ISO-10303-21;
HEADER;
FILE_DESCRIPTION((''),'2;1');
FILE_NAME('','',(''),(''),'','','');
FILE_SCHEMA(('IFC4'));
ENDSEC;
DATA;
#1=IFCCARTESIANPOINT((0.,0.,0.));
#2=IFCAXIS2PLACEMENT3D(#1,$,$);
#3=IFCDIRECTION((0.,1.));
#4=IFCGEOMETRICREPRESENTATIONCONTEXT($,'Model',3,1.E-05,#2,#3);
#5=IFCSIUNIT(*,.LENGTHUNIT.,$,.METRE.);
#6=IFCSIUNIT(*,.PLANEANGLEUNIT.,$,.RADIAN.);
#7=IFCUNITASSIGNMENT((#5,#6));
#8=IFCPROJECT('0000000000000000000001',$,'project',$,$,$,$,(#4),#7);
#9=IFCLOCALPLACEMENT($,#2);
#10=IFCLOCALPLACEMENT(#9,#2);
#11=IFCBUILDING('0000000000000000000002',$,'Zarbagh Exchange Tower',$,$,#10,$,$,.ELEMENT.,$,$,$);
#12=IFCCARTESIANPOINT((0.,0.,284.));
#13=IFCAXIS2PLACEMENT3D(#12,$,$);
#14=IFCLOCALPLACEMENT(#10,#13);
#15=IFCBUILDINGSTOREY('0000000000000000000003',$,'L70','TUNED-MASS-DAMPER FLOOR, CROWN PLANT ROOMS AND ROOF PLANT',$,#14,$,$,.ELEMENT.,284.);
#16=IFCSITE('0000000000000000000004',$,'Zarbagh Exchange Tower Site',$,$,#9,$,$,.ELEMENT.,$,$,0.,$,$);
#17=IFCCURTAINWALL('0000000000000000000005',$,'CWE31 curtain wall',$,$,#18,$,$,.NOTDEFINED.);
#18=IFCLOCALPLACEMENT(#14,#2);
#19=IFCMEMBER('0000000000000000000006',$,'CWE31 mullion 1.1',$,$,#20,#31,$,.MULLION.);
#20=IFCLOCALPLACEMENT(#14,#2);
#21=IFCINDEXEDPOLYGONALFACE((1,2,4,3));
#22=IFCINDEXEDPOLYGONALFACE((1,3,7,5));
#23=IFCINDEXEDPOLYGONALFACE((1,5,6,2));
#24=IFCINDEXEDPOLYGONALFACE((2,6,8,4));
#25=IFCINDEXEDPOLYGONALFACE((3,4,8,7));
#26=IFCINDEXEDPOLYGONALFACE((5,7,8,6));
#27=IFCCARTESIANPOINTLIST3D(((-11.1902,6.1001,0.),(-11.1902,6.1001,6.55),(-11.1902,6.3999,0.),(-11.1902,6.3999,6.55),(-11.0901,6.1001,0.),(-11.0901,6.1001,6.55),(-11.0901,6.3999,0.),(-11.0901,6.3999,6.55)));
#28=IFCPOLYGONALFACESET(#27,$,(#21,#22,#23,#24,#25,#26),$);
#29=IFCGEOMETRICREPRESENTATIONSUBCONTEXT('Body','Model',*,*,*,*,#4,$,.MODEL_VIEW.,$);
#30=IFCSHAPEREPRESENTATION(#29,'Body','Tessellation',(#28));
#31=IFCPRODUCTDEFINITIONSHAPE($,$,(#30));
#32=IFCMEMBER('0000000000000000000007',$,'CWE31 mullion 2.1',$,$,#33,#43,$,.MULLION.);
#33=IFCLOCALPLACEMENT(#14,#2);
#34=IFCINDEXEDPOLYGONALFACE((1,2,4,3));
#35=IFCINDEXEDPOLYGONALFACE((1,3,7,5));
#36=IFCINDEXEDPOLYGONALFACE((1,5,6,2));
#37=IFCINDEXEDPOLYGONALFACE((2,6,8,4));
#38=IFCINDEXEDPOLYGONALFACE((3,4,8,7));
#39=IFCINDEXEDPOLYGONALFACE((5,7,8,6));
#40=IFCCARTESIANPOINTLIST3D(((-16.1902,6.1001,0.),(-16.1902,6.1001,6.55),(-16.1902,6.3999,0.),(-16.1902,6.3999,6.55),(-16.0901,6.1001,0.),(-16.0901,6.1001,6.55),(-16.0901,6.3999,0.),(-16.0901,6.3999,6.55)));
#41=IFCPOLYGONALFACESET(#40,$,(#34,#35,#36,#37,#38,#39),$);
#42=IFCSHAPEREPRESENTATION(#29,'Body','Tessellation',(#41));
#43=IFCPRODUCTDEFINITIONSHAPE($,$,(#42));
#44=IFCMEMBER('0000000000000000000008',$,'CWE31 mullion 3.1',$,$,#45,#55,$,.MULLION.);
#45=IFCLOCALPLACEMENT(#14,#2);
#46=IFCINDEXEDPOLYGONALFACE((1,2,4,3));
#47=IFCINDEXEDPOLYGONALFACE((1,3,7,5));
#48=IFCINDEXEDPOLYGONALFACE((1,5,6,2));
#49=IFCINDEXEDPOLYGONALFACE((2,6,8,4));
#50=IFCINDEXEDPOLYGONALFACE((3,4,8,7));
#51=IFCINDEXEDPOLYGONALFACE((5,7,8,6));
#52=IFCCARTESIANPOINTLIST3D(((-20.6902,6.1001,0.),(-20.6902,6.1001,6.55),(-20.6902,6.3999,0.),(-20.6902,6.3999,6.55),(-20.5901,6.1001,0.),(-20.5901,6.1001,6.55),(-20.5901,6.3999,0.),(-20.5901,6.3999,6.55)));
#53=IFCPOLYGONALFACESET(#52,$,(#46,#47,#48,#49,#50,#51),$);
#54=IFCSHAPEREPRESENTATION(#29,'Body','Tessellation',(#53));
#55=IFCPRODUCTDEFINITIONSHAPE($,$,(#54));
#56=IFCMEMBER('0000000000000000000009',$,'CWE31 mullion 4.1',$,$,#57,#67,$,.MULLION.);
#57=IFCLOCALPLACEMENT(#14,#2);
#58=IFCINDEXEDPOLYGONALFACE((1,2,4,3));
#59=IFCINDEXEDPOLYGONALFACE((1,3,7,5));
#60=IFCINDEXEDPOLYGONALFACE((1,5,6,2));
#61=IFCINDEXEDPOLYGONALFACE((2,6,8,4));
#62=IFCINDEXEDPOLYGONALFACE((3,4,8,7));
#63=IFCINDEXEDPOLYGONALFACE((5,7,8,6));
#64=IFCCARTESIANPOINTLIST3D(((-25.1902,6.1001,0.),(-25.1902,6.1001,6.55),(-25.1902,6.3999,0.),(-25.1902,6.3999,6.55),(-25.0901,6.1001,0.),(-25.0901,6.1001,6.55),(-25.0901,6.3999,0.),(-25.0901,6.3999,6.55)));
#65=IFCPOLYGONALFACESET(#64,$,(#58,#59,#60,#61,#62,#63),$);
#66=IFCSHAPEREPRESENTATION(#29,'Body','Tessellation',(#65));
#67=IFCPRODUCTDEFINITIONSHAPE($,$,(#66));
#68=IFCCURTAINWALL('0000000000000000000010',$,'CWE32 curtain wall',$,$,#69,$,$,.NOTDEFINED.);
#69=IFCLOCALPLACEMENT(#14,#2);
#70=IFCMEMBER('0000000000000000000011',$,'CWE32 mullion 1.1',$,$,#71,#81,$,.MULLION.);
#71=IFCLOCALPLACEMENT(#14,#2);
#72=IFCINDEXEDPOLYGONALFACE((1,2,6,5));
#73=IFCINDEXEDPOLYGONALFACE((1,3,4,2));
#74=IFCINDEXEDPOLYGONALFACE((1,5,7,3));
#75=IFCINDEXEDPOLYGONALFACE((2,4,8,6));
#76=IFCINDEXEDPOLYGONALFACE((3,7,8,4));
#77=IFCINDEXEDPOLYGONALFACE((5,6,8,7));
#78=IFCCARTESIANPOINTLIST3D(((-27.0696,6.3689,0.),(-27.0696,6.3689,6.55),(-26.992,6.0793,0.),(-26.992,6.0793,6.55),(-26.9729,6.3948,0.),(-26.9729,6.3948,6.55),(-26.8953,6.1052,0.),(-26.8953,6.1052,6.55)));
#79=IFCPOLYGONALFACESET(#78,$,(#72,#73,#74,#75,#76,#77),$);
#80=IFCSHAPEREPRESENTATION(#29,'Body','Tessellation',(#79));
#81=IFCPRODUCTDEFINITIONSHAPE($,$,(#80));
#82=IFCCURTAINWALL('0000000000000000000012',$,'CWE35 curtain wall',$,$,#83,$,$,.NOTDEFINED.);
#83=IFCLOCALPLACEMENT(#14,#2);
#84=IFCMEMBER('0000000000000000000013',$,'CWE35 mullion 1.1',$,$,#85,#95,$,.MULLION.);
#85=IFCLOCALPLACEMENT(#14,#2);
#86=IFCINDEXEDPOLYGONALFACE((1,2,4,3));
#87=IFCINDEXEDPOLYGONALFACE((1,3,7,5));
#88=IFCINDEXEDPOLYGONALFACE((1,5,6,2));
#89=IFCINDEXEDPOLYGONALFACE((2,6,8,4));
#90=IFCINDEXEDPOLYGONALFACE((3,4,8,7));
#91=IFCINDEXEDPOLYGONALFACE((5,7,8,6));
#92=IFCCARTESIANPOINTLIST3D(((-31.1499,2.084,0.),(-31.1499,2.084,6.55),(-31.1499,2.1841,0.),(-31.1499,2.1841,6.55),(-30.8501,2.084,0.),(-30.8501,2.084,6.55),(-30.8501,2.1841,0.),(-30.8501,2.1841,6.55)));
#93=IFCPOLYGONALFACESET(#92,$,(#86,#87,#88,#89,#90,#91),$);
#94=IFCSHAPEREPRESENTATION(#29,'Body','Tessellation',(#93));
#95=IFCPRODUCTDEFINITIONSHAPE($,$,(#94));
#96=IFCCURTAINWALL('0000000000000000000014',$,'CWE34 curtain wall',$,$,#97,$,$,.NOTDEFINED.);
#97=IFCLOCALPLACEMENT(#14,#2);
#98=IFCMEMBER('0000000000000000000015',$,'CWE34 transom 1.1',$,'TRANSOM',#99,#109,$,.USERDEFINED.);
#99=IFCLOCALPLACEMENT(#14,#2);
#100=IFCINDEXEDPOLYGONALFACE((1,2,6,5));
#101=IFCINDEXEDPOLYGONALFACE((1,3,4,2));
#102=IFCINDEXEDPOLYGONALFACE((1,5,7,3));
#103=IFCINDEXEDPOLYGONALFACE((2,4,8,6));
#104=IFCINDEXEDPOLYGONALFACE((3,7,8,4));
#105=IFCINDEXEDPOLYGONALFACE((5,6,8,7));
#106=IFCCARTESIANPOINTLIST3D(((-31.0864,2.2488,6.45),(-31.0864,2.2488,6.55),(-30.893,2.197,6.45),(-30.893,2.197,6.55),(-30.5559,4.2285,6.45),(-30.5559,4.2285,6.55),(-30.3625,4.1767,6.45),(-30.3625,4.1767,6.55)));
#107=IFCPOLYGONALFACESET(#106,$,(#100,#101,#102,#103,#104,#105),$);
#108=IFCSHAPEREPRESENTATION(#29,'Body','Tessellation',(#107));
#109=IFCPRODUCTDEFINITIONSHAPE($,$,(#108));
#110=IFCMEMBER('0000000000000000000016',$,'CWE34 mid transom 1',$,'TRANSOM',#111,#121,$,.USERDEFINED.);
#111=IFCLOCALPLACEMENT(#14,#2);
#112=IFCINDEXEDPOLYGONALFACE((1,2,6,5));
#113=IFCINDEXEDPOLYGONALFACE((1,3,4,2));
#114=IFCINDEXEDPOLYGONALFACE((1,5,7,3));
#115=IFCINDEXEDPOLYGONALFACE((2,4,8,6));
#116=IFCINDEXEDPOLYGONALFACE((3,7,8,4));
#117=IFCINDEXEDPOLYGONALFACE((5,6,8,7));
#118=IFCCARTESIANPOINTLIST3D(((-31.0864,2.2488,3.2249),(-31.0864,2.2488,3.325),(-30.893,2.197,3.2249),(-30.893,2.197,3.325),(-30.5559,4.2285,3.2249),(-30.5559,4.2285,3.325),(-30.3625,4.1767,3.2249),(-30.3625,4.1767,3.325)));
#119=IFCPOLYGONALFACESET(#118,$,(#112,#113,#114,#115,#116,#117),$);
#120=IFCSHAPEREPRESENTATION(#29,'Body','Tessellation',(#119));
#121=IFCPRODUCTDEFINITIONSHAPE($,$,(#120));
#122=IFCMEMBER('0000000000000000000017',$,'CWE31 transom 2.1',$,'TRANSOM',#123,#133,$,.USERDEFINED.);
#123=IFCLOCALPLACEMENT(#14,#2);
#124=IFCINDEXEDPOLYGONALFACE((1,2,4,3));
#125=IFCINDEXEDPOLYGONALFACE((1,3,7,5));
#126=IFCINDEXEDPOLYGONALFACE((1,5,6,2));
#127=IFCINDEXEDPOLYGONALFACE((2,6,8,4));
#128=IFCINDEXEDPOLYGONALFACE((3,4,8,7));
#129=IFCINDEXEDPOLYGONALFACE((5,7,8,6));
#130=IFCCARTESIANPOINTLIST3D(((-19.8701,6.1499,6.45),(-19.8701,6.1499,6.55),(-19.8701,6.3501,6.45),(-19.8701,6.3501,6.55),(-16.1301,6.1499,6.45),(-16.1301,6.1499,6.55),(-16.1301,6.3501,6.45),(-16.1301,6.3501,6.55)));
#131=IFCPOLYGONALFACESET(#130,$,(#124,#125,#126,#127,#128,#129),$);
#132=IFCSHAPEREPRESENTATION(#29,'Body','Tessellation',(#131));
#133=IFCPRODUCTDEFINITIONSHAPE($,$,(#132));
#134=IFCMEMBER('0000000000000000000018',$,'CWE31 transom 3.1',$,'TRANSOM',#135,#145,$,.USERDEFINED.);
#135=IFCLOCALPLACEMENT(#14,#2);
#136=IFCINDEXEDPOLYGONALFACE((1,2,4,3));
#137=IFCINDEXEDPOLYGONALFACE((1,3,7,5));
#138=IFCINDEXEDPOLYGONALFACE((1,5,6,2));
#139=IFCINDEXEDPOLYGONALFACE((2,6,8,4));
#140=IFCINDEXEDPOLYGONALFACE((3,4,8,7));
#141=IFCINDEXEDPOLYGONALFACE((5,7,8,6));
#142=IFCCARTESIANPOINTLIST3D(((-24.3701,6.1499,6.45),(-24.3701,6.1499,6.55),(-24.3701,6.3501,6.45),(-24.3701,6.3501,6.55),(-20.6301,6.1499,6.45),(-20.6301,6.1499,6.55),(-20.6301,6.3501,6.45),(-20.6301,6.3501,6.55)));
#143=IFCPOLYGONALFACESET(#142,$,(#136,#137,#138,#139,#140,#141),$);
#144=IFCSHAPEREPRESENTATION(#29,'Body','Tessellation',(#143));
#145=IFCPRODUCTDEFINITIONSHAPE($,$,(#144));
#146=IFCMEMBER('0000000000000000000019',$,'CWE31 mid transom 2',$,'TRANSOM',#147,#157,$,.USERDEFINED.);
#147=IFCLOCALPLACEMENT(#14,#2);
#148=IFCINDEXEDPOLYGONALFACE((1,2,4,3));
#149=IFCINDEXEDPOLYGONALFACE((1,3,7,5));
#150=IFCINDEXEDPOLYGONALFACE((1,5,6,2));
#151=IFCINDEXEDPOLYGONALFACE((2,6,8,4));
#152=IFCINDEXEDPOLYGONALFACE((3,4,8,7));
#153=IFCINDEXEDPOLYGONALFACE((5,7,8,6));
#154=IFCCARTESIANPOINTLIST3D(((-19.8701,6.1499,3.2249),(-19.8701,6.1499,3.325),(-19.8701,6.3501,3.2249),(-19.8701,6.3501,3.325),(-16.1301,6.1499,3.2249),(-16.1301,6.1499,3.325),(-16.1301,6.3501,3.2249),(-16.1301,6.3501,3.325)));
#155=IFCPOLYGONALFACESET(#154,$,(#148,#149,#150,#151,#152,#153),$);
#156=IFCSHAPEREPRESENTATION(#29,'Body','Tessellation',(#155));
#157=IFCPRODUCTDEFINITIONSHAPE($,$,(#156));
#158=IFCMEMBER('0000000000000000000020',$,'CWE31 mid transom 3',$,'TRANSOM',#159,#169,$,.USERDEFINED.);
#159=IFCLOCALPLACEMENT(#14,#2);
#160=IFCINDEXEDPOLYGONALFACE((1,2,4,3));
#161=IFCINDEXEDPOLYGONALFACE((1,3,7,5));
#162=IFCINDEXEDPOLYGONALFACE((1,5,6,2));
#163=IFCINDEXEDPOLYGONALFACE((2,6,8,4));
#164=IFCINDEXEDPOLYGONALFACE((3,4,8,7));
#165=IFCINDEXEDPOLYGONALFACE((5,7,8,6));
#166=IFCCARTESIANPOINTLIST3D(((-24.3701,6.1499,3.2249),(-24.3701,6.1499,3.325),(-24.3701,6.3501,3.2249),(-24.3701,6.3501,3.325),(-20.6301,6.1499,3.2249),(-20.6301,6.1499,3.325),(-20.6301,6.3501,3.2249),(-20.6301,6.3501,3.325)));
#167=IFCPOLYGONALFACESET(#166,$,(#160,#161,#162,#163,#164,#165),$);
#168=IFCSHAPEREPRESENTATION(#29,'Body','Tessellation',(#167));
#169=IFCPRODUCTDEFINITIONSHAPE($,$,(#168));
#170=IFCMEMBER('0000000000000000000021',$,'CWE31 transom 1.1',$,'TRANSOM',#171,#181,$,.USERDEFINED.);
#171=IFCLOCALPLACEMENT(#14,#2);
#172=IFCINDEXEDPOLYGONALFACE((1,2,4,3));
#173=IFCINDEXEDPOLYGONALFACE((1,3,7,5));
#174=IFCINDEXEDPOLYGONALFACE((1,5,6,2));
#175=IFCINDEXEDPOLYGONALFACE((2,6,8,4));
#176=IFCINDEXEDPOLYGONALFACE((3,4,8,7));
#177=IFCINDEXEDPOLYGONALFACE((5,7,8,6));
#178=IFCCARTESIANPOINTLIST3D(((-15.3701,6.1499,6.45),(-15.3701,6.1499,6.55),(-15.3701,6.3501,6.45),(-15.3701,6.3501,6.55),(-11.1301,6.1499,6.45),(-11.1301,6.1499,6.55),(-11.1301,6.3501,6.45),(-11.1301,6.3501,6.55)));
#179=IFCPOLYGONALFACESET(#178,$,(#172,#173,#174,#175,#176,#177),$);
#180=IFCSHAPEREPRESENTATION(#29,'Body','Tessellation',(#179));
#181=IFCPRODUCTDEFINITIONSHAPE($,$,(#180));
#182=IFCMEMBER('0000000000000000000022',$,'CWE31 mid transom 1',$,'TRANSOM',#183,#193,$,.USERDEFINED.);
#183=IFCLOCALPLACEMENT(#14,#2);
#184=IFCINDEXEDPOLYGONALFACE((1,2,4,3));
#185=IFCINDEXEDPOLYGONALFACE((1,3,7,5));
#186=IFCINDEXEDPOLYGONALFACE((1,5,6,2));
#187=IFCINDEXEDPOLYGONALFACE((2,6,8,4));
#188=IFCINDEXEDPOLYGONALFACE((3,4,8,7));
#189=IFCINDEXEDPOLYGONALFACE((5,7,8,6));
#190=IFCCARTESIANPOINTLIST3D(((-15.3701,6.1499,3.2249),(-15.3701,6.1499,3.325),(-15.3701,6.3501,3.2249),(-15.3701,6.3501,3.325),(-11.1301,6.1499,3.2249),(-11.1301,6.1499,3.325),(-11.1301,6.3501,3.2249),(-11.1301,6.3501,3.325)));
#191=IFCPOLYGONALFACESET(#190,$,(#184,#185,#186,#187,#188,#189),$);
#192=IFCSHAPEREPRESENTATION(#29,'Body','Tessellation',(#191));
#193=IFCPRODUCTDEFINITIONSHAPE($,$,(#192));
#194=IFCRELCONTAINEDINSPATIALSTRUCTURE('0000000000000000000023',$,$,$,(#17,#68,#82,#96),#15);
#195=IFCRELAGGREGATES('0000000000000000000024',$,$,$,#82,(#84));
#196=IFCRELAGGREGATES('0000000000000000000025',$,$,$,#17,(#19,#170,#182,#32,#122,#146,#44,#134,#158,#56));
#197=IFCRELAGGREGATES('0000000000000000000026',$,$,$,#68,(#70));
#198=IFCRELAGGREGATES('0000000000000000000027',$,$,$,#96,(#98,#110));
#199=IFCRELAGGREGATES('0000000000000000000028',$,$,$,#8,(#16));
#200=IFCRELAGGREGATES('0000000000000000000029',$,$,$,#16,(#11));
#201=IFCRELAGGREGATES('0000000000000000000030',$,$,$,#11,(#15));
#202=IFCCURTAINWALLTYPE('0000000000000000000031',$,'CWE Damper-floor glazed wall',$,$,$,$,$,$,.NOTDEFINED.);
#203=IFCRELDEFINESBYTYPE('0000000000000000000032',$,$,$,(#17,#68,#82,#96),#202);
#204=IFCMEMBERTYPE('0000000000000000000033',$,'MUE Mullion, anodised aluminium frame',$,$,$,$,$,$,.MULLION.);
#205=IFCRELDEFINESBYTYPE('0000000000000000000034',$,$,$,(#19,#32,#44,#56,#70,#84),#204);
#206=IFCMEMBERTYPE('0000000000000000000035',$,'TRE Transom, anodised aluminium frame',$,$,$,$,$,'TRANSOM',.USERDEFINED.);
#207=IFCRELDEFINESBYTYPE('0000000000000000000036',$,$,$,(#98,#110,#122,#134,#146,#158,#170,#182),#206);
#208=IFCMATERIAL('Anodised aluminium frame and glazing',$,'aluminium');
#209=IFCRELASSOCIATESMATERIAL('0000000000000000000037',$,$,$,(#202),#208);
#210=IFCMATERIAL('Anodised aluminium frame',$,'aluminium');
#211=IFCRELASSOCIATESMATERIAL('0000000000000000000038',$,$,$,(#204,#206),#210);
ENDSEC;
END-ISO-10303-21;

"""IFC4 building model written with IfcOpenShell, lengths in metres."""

from ifc_helpers import new_model, si_unit, direction, frame, origin, place, context, subcontext, project, spatial, polyline, outline, extrude, source, transform, mapped, material, type_object, element, aggregate, save


model = new_model("IFC4")

# Units and contexts
model_context = context("Model", 3, precision=1e-05, world=origin(), true_north=direction((0.0, 1.0)))
body_context = subcontext(model_context, "Body", "Model", "MODEL_VIEW")
ifc_project = project(units=[si_unit("LENGTHUNIT", "METRE"), si_unit("PLANEANGLEUNIT", "RADIAN")], contexts=[model_context])

# Site, building, storey
site_placement = place(None, origin())
site = spatial("IfcSite", under=ifc_project, at=site_placement, Name="Zarbagh Exchange Tower Site", CompositionType="ELEMENT", RefElevation=0.0)
building_placement = place(site_placement, origin())
building = spatial("IfcBuilding", under=site, at=building_placement, Name="Zarbagh Exchange Tower", CompositionType="ELEMENT")
storey_placement = place(building_placement, frame((0.0, 0.0, 284.0)))
storey = spatial("IfcBuildingStorey", under=building, at=storey_placement, Name="L70", Description="TUNED-MASS-DAMPER FLOOR, CROWN PLANT ROOMS AND ROOF PLANT", CompositionType="ELEMENT", Elevation=284.0)

# Curtain wall, members
ifc_material_1 = material(Name="Anodised aluminium frame and glazing", Category="aluminium")
curtain_wall_type = type_object("IfcCurtainWallType", Name="CWE Damper-floor glazed wall", PredefinedType="NOTDEFINED", material=ifc_material_1)
curtain_wall_1_placement = place(storey_placement, origin())
curtain_wall_1 = element("IfcCurtainWall", 1, at=curtain_wall_1_placement, inside=storey, type_object=curtain_wall_type, Name="CWE31 curtain wall", PredefinedType="NOTDEFINED")
ifc_material_2 = material(Name="Anodised aluminium frame", Category="aluminium")
member_type_1 = type_object("IfcMemberType", Name="MUE Mullion, anodised aluminium frame", PredefinedType="MULLION", material=ifc_material_2)
shared_shape_1 = source(origin(), body_context, "Body", "SweptSolid", [
    extrude(outline(polyline([(0.0, -0.1499), (0.1001, -0.1499), (0.1001, 0.1499), (0.0, 0.1499), (0.0, -0.1499)])), origin(), (0.0, 0.0, 1.0), 6.55),
])
placement = place(storey_placement, origin())
member_1 = element("IfcMember", 2, at=placement, type_object=member_type_1, Name="CWE31 mullion 1.1", PredefinedType="MULLION", context=body_context, shape_type="MappedRepresentation", body=[
    mapped(shared_shape_1, transform((-11.0901, 6.25, 0.0), x_axis=(-1.0, 0.0, 0.0), y_axis=(0.0, -1.0, 0.0), z_axis=(0.0, 0.0, 1.0))),
])
member_2 = element("IfcMember", 3, at=placement, type_object=member_type_1, Name="CWE31 mullion 2.1", PredefinedType="MULLION", context=body_context, shape_type="MappedRepresentation", body=[
    mapped(shared_shape_1, transform((-16.0901, 6.25, 0.0), x_axis=(-1.0, 0.0, 0.0), y_axis=(0.0, -1.0, 0.0), z_axis=(0.0, 0.0, 1.0))),
])
member_3 = element("IfcMember", 4, at=placement, type_object=member_type_1, Name="CWE31 mullion 3.1", PredefinedType="MULLION", context=body_context, shape_type="MappedRepresentation", body=[
    mapped(shared_shape_1, transform((-20.5901, 6.25, 0.0), x_axis=(-1.0, 0.0, 0.0), y_axis=(0.0, -1.0, 0.0), z_axis=(0.0, 0.0, 1.0))),
])
member_4 = element("IfcMember", 5, at=placement, type_object=member_type_1, Name="CWE31 mullion 4.1", PredefinedType="MULLION", context=body_context, shape_type="MappedRepresentation", body=[
    mapped(shared_shape_1, transform((-25.0901, 6.25, 0.0), x_axis=(-1.0, 0.0, 0.0), y_axis=(0.0, -1.0, 0.0), z_axis=(0.0, 0.0, 1.0))),
])

# Curtain walls, members
curtain_wall_2_placement = place(storey_placement, origin())
curtain_wall_2 = element("IfcCurtainWall", 6, at=curtain_wall_2_placement, inside=storey, type_object=curtain_wall_type, Name="CWE32 curtain wall", PredefinedType="NOTDEFINED")
member_5 = element("IfcMember", 7, at=placement, type_object=member_type_1, Name="CWE32 mullion 1.1", PredefinedType="MULLION", context=body_context, shape_type="MappedRepresentation", body=[
    mapped(shared_shape_1, transform((-26.9341, 6.25, 0.0), x_axis=(-0.965924, -0.258825, 0.0), y_axis=(0.258825, -0.965924, 0.0), z_axis=(0.0, 0.0, 1.0))),
])
curtain_wall_3_placement = place(storey_placement, origin())
curtain_wall_3 = element("IfcCurtainWall", 8, at=curtain_wall_3_placement, inside=storey, type_object=curtain_wall_type, Name="CWE35 curtain wall", PredefinedType="NOTDEFINED")
member_6 = element("IfcMember", 9, at=placement, type_object=member_type_1, Name="CWE35 mullion 1.1", PredefinedType="MULLION", context=body_context, shape_type="MappedRepresentation", body=[
    mapped(shared_shape_1, transform((-31.0, 2.1841, 0.0), x_axis=(0.0, -1.0, 0.0), y_axis=(1.0, 0.0, 0.0), z_axis=(0.0, 0.0, 1.0))),
])

# Curtain wall, members
curtain_wall_4_placement = place(storey_placement, origin())
curtain_wall_4 = element("IfcCurtainWall", 10, at=curtain_wall_4_placement, inside=storey, type_object=curtain_wall_type, Name="CWE34 curtain wall", PredefinedType="NOTDEFINED")
member_type_2 = type_object("IfcMemberType", Name="TRE Transom, anodised aluminium frame", ElementType="TRANSOM", PredefinedType="USERDEFINED", material=ifc_material_2)
shared_shape_2 = source(origin(), body_context, "Body", "SweptSolid", [
    extrude(outline(polyline([(-0.1001, -0.1001), (0.0, -0.1001), (0.0, 0.1001), (-0.1001, 0.1001), (-0.1001, -0.1001)])), origin(), (0.0, 0.0, 1.0), 2.0496),
])
member_7 = element("IfcMember", 11, at=placement, type_object=member_type_2, Name="CWE34 transom 1.1", ObjectType="TRANSOM", PredefinedType="USERDEFINED", context=body_context, shape_type="MappedRepresentation", body=[
    mapped(shared_shape_2, transform((-30.4592, 4.2026, 6.55), x_axis=(0.0, 0.0, 1.0), y_axis=(-0.965924, 0.258825, 0.0), z_axis=(-0.258825, -0.965924, 0.0))),
])
shared_shape_3 = source(origin(), body_context, "Body", "SweptSolid", [
    extrude(outline(polyline([(-0.05, -0.1001), (0.05, -0.1001), (0.05, 0.1001), (-0.05, 0.1001), (-0.05, -0.1001)])), origin(), (0.0, 0.0, 1.0), 2.0496),
])
member_8 = element("IfcMember", 12, at=placement, type_object=member_type_2, Name="CWE34 mid transom 1", ObjectType="TRANSOM", PredefinedType="USERDEFINED", context=body_context, shape_type="MappedRepresentation", body=[
    mapped(shared_shape_3, transform((-30.4592, 4.2026, 3.2749), x_axis=(0.0, 0.0, 1.0), y_axis=(-0.965924, 0.258825, 0.0), z_axis=(-0.258825, -0.965924, 0.0))),
])

# Members
shared_shape_4 = source(origin(), body_context, "Body", "SweptSolid", [
    extrude(outline(polyline([(-0.1001, -0.1001), (0.0, -0.1001), (0.0, 0.1001), (-0.1001, 0.1001), (-0.1001, -0.1001)])), origin(), (0.0, 0.0, 1.0), 3.74),
])
member_9 = element("IfcMember", 13, at=placement, type_object=member_type_2, Name="CWE31 transom 2.1", ObjectType="TRANSOM", PredefinedType="USERDEFINED", context=body_context, shape_type="MappedRepresentation", body=[
    mapped(shared_shape_4, transform((-16.1301, 6.25, 6.55), x_axis=(0.0, 0.0, 1.0), y_axis=(0.0, 1.0, 0.0), z_axis=(-1.0, 0.0, 0.0))),
])
member_10 = element("IfcMember", 14, at=placement, type_object=member_type_2, Name="CWE31 transom 3.1", ObjectType="TRANSOM", PredefinedType="USERDEFINED", context=body_context, shape_type="MappedRepresentation", body=[
    mapped(shared_shape_4, transform((-20.6301, 6.25, 6.55), x_axis=(0.0, 0.0, 1.0), y_axis=(0.0, 1.0, 0.0), z_axis=(-1.0, 0.0, 0.0))),
])
shared_shape_5 = source(origin(), body_context, "Body", "SweptSolid", [
    extrude(outline(polyline([(-0.05, -0.1001), (0.05, -0.1001), (0.05, 0.1001), (-0.05, 0.1001), (-0.05, -0.1001)])), origin(), (0.0, 0.0, 1.0), 3.74),
])
member_11 = element("IfcMember", 15, at=placement, type_object=member_type_2, Name="CWE31 mid transom 2", ObjectType="TRANSOM", PredefinedType="USERDEFINED", context=body_context, shape_type="MappedRepresentation", body=[
    mapped(shared_shape_5, transform((-16.1301, 6.25, 3.2749), x_axis=(0.0, 0.0, 1.0), y_axis=(0.0, 1.0, 0.0), z_axis=(-1.0, 0.0, 0.0))),
])
member_12 = element("IfcMember", 16, at=placement, type_object=member_type_2, Name="CWE31 mid transom 3", ObjectType="TRANSOM", PredefinedType="USERDEFINED", context=body_context, shape_type="MappedRepresentation", body=[
    mapped(shared_shape_5, transform((-20.6301, 6.25, 3.2749), x_axis=(0.0, 0.0, 1.0), y_axis=(0.0, 1.0, 0.0), z_axis=(-1.0, 0.0, 0.0))),
])
shared_shape_6 = source(origin(), body_context, "Body", "SweptSolid", [
    extrude(outline(polyline([(-0.1001, -0.1001), (0.0, -0.1001), (0.0, 0.1001), (-0.1001, 0.1001), (-0.1001, -0.1001)])), origin(), (0.0, 0.0, 1.0), 4.24),
])
member_13 = element("IfcMember", 17, at=placement, type_object=member_type_2, Name="CWE31 transom 1.1", ObjectType="TRANSOM", PredefinedType="USERDEFINED", context=body_context, shape_type="MappedRepresentation", body=[
    mapped(shared_shape_6, transform((-11.1301, 6.25, 6.55), x_axis=(0.0, 0.0, 1.0), y_axis=(0.0, 1.0, 0.0), z_axis=(-1.0, 0.0, 0.0))),
])
shared_shape_7 = source(origin(), body_context, "Body", "SweptSolid", [
    extrude(outline(polyline([(-0.05, -0.1001), (0.05, -0.1001), (0.05, 0.1001), (-0.05, 0.1001), (-0.05, -0.1001)])), origin(), (0.0, 0.0, 1.0), 4.24),
])
member_14 = element("IfcMember", 18, at=placement, type_object=member_type_2, Name="CWE31 mid transom 1", ObjectType="TRANSOM", PredefinedType="USERDEFINED", context=body_context, shape_type="MappedRepresentation", body=[
    mapped(shared_shape_7, transform((-11.1301, 6.25, 3.2749), x_axis=(0.0, 0.0, 1.0), y_axis=(0.0, 1.0, 0.0), z_axis=(-1.0, 0.0, 0.0))),
])

aggregate(curtain_wall_3, [member_6])

aggregate(curtain_wall_1, [member_1, member_13, member_14, member_2, member_9, member_11, member_3, member_10, member_12, member_4])
aggregate(curtain_wall_2, [member_5])
aggregate(curtain_wall_4, [member_7, member_8])

save(model, "model.ifc")
